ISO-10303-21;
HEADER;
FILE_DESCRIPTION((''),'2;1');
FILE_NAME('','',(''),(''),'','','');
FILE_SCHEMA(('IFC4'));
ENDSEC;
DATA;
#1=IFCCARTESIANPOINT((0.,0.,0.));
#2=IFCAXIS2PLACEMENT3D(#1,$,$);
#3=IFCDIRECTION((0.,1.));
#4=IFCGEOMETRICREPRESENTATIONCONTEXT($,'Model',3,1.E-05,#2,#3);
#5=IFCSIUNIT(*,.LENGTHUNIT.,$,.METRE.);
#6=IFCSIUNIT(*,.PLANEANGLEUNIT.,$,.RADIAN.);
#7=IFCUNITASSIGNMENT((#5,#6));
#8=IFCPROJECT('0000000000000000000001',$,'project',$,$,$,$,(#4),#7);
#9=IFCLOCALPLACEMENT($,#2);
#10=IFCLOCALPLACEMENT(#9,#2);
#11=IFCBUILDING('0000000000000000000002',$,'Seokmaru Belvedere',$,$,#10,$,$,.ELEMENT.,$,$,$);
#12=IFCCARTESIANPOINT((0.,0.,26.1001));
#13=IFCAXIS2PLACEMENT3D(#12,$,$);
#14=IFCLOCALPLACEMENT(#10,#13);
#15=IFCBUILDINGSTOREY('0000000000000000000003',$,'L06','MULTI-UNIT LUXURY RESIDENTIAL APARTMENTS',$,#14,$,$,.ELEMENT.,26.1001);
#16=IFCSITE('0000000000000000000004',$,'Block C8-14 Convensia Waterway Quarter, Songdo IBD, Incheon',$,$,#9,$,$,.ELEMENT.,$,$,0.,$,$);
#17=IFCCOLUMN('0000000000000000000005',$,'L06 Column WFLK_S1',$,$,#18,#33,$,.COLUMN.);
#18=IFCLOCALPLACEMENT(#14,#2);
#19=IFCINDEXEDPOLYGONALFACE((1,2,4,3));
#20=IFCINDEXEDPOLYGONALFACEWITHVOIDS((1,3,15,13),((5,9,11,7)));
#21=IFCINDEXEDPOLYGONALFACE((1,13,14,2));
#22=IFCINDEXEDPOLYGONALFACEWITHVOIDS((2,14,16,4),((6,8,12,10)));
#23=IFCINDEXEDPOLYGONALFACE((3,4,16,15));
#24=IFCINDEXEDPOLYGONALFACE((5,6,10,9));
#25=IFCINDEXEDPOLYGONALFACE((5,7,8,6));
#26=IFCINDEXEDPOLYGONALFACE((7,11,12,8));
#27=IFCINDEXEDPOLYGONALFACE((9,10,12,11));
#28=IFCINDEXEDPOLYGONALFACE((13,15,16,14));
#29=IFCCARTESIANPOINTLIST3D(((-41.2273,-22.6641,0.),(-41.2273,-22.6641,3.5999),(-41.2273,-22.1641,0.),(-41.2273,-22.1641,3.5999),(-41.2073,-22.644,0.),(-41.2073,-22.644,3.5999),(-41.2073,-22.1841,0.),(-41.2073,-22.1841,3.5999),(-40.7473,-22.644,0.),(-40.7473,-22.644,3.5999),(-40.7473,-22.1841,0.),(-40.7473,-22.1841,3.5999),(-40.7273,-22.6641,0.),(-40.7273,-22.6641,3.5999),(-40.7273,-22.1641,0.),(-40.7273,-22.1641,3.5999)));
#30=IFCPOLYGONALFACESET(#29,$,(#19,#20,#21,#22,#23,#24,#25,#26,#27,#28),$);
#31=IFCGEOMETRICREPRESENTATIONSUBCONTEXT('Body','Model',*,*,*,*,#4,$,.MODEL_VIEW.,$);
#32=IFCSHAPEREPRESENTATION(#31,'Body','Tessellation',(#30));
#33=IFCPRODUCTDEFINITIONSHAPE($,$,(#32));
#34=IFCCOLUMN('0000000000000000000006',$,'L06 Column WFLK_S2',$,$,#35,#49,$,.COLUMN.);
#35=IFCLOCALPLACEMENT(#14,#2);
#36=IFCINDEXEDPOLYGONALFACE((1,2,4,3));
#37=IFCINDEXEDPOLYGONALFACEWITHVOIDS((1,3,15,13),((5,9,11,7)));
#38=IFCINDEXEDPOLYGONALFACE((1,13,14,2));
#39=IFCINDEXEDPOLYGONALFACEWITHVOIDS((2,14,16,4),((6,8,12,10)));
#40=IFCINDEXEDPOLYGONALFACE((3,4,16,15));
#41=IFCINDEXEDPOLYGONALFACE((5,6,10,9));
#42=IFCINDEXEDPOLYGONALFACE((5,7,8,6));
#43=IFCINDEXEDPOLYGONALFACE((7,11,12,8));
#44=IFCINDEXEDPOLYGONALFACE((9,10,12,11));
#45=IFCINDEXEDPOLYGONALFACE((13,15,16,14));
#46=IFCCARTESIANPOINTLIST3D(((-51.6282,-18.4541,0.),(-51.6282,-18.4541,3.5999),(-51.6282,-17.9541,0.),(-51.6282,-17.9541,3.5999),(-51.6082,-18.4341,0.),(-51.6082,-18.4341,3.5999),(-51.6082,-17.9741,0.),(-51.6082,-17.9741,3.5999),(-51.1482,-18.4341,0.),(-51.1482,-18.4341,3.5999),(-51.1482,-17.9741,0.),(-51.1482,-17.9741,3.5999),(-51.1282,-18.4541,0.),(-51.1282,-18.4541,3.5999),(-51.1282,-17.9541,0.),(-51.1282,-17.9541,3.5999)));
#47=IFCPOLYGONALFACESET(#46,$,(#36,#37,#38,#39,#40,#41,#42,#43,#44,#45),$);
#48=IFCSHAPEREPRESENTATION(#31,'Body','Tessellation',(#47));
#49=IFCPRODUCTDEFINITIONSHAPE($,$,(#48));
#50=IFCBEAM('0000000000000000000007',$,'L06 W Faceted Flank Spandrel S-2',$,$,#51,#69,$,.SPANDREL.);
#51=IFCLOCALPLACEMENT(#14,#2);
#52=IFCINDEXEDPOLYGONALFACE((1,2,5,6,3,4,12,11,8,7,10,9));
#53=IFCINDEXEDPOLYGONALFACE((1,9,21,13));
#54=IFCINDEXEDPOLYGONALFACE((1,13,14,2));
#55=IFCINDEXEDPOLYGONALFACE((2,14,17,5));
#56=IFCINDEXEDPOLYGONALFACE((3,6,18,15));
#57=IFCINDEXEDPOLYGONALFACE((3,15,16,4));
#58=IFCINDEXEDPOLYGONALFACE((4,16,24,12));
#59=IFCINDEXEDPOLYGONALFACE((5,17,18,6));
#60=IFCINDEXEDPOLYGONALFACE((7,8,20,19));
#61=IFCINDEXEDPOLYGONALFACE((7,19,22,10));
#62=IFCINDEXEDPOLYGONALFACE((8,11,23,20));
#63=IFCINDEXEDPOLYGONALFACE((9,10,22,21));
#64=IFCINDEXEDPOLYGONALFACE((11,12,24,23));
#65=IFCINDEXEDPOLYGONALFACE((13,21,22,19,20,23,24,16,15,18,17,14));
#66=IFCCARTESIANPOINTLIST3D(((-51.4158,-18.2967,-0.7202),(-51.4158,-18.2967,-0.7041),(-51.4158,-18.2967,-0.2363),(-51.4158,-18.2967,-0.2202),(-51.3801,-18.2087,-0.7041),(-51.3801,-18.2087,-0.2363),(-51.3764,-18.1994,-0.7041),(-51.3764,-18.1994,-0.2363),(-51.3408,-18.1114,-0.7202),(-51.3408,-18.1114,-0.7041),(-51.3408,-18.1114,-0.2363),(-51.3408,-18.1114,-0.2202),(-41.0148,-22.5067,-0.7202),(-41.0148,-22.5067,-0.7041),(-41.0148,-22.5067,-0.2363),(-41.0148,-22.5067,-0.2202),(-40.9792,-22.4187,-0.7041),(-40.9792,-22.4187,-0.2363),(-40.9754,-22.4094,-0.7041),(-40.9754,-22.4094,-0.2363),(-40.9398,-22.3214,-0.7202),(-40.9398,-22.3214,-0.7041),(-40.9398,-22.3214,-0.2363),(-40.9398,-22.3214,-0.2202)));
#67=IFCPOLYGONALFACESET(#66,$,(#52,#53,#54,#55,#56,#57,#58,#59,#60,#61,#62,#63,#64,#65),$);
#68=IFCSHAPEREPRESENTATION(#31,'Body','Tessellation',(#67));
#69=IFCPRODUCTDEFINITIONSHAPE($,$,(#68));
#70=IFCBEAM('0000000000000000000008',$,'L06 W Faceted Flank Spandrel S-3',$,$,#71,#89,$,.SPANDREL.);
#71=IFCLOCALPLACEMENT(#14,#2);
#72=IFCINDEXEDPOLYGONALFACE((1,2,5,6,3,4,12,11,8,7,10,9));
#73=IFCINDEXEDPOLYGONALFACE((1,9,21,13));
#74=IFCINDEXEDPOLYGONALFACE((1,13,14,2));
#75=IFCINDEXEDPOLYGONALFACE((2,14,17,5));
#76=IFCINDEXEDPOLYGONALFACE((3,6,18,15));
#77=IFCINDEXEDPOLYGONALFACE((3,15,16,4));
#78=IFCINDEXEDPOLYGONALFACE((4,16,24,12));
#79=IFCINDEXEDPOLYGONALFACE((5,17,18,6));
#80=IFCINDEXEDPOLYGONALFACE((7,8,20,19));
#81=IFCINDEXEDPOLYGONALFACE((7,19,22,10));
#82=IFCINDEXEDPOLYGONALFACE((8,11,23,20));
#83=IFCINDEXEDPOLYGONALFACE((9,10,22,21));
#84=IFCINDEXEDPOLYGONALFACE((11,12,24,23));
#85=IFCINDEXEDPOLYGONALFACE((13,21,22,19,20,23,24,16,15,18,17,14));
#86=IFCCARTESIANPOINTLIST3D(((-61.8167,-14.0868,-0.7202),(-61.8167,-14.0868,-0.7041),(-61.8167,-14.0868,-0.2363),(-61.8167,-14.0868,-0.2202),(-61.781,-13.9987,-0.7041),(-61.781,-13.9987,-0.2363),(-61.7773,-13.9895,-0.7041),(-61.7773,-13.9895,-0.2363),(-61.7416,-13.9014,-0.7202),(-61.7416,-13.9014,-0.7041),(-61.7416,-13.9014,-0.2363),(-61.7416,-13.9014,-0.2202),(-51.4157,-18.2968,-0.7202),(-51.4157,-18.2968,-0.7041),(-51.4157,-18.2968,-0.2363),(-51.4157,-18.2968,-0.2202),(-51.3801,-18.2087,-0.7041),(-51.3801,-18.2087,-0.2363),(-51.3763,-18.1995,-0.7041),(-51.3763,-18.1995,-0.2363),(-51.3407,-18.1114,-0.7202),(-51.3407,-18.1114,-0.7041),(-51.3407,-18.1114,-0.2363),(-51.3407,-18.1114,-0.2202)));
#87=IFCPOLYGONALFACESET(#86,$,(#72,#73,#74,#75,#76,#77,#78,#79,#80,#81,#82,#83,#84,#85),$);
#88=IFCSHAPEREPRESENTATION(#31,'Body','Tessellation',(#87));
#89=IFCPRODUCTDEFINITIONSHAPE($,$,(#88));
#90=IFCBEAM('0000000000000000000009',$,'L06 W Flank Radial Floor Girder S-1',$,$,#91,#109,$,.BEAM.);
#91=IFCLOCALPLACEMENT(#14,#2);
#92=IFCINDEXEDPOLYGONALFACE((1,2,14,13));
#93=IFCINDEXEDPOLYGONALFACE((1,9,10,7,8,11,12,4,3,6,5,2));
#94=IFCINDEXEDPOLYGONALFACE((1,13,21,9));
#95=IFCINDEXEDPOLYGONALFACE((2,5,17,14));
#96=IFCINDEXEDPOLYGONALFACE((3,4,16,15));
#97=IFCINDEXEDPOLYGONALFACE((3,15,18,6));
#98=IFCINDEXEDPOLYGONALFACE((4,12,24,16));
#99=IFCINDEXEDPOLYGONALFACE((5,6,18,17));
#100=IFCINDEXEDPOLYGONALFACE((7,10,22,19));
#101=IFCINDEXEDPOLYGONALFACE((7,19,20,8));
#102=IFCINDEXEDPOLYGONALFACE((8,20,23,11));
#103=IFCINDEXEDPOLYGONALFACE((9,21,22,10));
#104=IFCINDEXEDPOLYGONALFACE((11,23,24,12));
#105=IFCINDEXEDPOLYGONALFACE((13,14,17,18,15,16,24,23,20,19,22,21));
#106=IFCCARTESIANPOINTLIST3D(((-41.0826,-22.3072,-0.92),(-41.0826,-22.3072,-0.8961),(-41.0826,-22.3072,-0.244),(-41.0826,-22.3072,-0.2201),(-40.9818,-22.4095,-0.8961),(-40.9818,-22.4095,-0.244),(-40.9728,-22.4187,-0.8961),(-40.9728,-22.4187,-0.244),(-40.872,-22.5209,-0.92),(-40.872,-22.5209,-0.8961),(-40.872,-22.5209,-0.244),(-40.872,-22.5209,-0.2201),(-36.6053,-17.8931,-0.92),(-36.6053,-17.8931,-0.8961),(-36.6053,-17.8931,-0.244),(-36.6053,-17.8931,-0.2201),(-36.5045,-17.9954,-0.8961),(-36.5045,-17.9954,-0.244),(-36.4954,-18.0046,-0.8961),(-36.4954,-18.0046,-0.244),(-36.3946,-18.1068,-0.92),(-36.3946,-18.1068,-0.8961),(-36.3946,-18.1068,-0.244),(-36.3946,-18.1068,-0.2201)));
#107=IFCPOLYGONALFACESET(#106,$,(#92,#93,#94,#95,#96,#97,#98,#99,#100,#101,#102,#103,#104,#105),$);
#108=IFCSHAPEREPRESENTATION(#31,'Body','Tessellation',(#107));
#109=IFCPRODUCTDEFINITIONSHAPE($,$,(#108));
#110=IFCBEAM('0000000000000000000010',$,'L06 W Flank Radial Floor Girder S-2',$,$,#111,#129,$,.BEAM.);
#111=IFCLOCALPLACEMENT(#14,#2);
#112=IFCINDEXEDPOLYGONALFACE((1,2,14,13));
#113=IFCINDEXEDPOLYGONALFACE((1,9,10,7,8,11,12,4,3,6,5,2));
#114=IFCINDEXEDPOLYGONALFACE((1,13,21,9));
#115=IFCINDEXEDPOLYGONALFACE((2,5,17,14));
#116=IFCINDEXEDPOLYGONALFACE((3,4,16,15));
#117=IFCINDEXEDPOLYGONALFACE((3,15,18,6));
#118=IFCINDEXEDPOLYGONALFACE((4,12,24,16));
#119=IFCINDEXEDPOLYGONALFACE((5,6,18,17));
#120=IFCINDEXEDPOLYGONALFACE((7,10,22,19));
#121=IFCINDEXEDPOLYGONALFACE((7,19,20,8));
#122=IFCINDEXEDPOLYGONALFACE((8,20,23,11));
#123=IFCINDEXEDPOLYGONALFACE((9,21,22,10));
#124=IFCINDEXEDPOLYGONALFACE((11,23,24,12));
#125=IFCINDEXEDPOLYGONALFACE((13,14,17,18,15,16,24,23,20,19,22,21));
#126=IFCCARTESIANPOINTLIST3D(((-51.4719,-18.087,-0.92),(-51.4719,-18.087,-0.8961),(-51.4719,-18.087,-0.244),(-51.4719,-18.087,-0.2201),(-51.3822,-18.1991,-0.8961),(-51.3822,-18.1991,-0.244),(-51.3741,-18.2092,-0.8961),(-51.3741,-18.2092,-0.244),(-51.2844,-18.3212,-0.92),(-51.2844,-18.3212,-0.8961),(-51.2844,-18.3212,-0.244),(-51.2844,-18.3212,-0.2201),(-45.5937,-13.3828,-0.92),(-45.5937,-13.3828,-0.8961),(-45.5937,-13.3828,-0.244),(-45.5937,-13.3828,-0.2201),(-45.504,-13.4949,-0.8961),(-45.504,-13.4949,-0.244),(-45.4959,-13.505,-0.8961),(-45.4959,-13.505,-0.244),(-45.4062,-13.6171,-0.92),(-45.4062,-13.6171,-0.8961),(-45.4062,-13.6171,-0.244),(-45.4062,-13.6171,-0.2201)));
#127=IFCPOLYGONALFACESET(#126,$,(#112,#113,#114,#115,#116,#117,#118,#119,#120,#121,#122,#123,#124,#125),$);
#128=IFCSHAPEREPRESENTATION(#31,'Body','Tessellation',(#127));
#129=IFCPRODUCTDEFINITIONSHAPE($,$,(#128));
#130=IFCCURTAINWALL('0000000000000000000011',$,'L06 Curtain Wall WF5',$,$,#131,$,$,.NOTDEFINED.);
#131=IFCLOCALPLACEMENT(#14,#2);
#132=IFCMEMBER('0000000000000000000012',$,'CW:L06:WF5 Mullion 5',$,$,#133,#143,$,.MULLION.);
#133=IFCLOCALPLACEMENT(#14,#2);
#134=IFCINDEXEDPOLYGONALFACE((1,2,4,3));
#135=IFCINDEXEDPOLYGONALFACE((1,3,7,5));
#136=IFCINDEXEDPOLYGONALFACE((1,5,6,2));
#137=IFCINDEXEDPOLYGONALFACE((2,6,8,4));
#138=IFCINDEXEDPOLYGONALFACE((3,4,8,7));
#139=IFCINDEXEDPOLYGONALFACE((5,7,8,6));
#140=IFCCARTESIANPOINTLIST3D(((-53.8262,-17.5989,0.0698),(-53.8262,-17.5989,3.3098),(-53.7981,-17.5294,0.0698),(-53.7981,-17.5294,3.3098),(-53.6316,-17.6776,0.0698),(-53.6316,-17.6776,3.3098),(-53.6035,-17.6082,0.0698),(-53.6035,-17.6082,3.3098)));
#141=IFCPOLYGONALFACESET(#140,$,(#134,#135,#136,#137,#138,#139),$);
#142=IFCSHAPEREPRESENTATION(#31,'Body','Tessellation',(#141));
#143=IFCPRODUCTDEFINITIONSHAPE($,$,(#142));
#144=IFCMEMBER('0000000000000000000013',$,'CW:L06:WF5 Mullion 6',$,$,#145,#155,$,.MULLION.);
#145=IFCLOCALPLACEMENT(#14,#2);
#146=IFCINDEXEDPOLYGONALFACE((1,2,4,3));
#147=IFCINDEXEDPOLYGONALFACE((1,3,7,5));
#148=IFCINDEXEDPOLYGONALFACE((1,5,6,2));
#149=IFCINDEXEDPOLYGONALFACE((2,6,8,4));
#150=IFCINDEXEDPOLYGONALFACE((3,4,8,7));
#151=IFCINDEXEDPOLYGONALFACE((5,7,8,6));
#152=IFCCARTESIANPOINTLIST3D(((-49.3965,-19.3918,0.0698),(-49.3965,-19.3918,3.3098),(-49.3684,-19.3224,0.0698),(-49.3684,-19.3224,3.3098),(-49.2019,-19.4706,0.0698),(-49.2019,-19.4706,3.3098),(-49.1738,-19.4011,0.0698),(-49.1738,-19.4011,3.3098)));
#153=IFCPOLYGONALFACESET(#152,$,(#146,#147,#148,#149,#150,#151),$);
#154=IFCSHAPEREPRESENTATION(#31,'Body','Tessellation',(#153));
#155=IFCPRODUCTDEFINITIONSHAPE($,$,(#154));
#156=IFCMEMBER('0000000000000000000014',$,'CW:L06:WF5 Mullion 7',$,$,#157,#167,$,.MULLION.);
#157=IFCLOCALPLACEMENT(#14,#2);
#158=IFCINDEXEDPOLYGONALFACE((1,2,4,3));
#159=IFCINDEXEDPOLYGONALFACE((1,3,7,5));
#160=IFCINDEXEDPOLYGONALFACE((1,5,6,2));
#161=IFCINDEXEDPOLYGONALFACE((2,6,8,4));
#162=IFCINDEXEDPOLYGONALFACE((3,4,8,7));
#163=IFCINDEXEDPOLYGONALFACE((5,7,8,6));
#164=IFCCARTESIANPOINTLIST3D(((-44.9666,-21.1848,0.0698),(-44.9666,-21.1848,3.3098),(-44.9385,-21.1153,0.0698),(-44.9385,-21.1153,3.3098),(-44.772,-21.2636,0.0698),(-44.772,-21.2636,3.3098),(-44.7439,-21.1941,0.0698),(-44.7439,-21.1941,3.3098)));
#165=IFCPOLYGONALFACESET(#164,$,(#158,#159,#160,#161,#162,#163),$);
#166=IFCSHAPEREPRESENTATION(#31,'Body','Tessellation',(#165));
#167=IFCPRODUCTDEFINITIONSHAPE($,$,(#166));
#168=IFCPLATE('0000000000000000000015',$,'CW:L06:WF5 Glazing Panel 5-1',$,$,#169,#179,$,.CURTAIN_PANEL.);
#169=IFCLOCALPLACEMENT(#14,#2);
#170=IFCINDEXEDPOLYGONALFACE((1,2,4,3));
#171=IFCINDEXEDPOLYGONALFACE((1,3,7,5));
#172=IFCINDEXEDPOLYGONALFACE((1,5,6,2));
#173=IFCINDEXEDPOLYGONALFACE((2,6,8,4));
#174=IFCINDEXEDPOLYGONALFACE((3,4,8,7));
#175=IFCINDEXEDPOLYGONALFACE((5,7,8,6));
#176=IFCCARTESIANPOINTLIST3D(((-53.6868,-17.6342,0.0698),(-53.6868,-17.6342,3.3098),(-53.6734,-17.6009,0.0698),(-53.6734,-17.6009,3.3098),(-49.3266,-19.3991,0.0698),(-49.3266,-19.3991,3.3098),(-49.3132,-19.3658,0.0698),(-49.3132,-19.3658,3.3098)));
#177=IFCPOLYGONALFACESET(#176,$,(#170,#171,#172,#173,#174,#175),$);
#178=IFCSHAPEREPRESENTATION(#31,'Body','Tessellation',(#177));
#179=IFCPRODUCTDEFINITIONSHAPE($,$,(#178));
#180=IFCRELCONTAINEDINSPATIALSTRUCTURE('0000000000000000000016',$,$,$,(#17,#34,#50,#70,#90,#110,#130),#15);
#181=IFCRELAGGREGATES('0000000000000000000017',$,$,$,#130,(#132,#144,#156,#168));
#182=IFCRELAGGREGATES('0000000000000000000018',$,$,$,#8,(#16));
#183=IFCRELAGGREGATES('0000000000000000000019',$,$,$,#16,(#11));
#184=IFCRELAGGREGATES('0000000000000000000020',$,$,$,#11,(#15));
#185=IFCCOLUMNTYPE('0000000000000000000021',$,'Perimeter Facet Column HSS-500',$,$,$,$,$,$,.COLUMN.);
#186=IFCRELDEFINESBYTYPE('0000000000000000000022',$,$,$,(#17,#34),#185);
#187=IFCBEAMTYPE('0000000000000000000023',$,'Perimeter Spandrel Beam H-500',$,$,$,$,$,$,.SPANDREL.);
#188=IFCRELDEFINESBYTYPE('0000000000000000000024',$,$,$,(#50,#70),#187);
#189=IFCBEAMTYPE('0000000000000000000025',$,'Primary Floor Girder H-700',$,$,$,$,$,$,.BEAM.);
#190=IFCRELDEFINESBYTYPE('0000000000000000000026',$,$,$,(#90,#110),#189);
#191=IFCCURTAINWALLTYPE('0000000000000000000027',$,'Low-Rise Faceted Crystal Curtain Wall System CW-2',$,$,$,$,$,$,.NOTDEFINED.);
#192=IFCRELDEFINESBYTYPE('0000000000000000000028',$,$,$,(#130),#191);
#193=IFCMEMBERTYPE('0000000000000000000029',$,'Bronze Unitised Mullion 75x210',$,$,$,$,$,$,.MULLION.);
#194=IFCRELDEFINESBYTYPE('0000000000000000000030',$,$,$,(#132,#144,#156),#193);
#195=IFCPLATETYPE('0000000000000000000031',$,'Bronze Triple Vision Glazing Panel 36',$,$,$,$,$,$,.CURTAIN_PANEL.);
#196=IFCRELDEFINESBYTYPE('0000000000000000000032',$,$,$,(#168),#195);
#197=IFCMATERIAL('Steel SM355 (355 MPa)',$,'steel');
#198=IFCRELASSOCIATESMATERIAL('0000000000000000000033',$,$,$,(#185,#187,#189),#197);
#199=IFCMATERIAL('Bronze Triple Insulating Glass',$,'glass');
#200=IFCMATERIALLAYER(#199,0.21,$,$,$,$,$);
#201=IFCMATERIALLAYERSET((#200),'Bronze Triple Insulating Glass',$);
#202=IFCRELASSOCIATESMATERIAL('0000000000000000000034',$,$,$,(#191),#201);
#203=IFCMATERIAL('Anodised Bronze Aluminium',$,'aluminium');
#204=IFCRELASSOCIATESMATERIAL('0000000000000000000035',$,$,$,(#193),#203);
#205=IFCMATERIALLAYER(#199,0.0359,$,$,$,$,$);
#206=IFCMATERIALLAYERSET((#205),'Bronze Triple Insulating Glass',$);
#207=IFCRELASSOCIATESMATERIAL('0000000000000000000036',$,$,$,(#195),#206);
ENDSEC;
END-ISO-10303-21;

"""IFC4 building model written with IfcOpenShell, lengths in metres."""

from ifc_helpers import new_model, si_unit, direction, frame, origin, origin_2d, place, context, subcontext, project, spatial, rectangle, hollow_rectangle, i_section, extrude, source, transform, mapped, material, layer, layer_set, material_profile, profile_set, type_object, type_shapes, element, aggregate, save


model = new_model("IFC4")

# Units and contexts
model_context = context("Model", 3, precision=1e-05, world=origin(), true_north=direction((0.0, 1.0)))
body_context = subcontext(model_context, "Body", "Model", "MODEL_VIEW")
ifc_project = project(units=[si_unit("LENGTHUNIT", "METRE"), si_unit("PLANEANGLEUNIT", "RADIAN")], contexts=[model_context])

# Site, building, storey
site_placement = place(None, origin())
site = spatial("IfcSite", under=ifc_project, at=site_placement, Name="Block C8-14 Convensia Waterway Quarter, Songdo IBD, Incheon", CompositionType="ELEMENT", RefElevation=0.0)
building_placement = place(site_placement, origin())
building = spatial("IfcBuilding", under=site, at=building_placement, Name="Seokmaru Belvedere", CompositionType="ELEMENT")
storey_placement = place(building_placement, frame((0.0, 0.0, 26.1001)))
storey = spatial("IfcBuildingStorey", under=building, at=storey_placement, Name="L06", Description="MULTI-UNIT LUXURY RESIDENTIAL APARTMENTS", CompositionType="ELEMENT", Elevation=26.1001)

# Columns
ifc_material_1 = material(Name="Steel SM355 (355 MPa)", Category="steel")
ifc_material_profile_1 = material_profile(ifc_material_1, hollow_rectangle(XDim=0.5, YDim=0.5, WallThickness=0.02, at=origin_2d()), Name="HSS-500x500x20")
ifc_profile_set_1 = profile_set([ifc_material_profile_1], Name="Steel SM355 (355 MPa)")
column_type = type_object("IfcColumnType", Name="Perimeter Facet Column HSS-500", PredefinedType="COLUMN", material=ifc_profile_set_1)
shared_shape_1 = source(origin(), body_context, "Body", "SweptSolid", [
    extrude(hollow_rectangle(XDim=0.5, YDim=0.5, WallThickness=0.02, at=origin_2d()), origin(), (0.0, 0.0, 1.0), 3.5999),
])
type_shapes(column_type, [shared_shape_1])
for number, where, z_axis, x_axis, name in (
    (1, (-40.9773, -22.4141, 0.0), (0.0, 0.0, 1.0), (1.0, 0.0, 0.0), "L06 Column WFLK_S1"),
    (2, (-51.3782, -18.2041, 0.0), (0.0, 0.0, 1.0), (1.0, 0.0, 0.0), "L06 Column WFLK_S2"),
):
    element("IfcColumn", number, at=place(storey_placement, frame(where, z_axis=z_axis, x_axis=x_axis)), inside=storey, type_object=column_type, Name=name, PredefinedType="COLUMN", context=body_context, shape_type="MappedRepresentation", body=[
        mapped(shared_shape_1, transform((0.0, 0.0, 0.0), scale=1.0)),
    ])

# Beams
ifc_material_profile_2 = material_profile(ifc_material_1, i_section(OverallWidth=0.2, OverallDepth=0.5, WebThickness=0.01, FlangeThickness=0.0161, at=origin_2d()), Name="H-500x200x10x16")
ifc_profile_set_2 = profile_set([ifc_material_profile_2], Name="Steel SM355 (355 MPa)")
beam_type_1 = type_object("IfcBeamType", Name="Perimeter Spandrel Beam H-500", PredefinedType="SPANDREL", material=ifc_profile_set_2)
shared_shape_2 = source(origin(), body_context, "Body", "SweptSolid", [
    extrude(i_section(OverallWidth=0.2, OverallDepth=0.5, WebThickness=0.01, FlangeThickness=0.0161, at=origin_2d()), origin(), (0.0, 0.0, 1.0), 11.2207),
])
type_shapes(beam_type_1, [shared_shape_2])
for number, where, z_axis, x_axis, name in (
    (3, (-40.9773, -22.4141, -0.4702), (-0.926944, 0.375199, 0.0), (-0.375199, -0.926944, 0.0), "L06 W Faceted Flank Spandrel S-2"),
    (4, (-51.3782, -18.2041, -0.4702), (-0.926944, 0.375199, 0.0), (-0.375199, -0.926944, 0.0), "L06 W Faceted Flank Spandrel S-3"),
):
    element("IfcBeam", number, at=place(storey_placement, frame(where, z_axis=z_axis, x_axis=x_axis)), inside=storey, type_object=beam_type_1, Name=name, PredefinedType="SPANDREL", context=body_context, shape_type="MappedRepresentation", body=[
        mapped(shared_shape_2, transform((0.0, 0.0, 0.0), scale=1.0)),
    ])
ifc_material_profile_3 = material_profile(ifc_material_1, i_section(OverallWidth=0.3, OverallDepth=0.7, WebThickness=0.0129, FlangeThickness=0.0239, at=origin_2d()), Name="H-700x300x13x24")
ifc_profile_set_3 = profile_set([ifc_material_profile_3], Name="Steel SM355 (355 MPa)")
beam_type_2 = type_object("IfcBeamType", Name="Primary Floor Girder H-700", PredefinedType="BEAM", material=ifc_profile_set_3)
shared_shape_3 = source(origin(), body_context, "Body", "SweptSolid", [
    extrude(i_section(OverallWidth=0.3, OverallDepth=0.7, WebThickness=0.0129, FlangeThickness=0.0239, at=origin_2d()), origin(), (0.0, 0.0, 1.0), 6.2874),
])
beam_1_placement = place(storey_placement, frame((-40.9773, -22.4141, -0.5701), z_axis=(0.712117, 0.70206, 0.0), x_axis=(-0.70206, 0.712117, 0.0)))
element("IfcBeam", 5, at=beam_1_placement, inside=storey, type_object=beam_type_2, Name="L06 W Flank Radial Floor Girder S-1", PredefinedType="BEAM", context=body_context, shape_type="MappedRepresentation", body=[
    mapped(shared_shape_3, transform((0.0, 0.0, 0.0), scale=1.0)),
])
shared_shape_4 = source(origin(), body_context, "Body", "SweptSolid", [
    extrude(i_section(OverallWidth=0.3, OverallDepth=0.7, WebThickness=0.0129, FlangeThickness=0.0239, at=origin_2d()), origin(), (0.0, 0.0, 1.0), 7.5288),
])
type_shapes(beam_type_2, [shared_shape_3, shared_shape_4])
beam_2_placement = place(storey_placement, frame((-51.3782, -18.2041, -0.5701), z_axis=(0.780768, 0.624822, 0.0), x_axis=(-0.624822, 0.780768, 0.0)))
element("IfcBeam", 6, at=beam_2_placement, inside=storey, type_object=beam_type_2, Name="L06 W Flank Radial Floor Girder S-2", PredefinedType="BEAM", context=body_context, shape_type="MappedRepresentation", body=[
    mapped(shared_shape_4, transform((0.0, 0.0, 0.0), scale=1.0)),
])

# Curtain wall, members, plate
ifc_material_2 = material(Name="Bronze Triple Insulating Glass", Category="glass")
ifc_layer_1 = layer(ifc_material_2, 0.21)
ifc_layer_set_1 = layer_set([ifc_layer_1], Name="Bronze Triple Insulating Glass")
curtain_wall_type = type_object("IfcCurtainWallType", Name="Low-Rise Faceted Crystal Curtain Wall System CW-2", PredefinedType="NOTDEFINED", material=ifc_layer_set_1)
curtain_wall_placement = place(storey_placement, origin())
curtain_wall = element("IfcCurtainWall", 7, at=curtain_wall_placement, inside=storey, type_object=curtain_wall_type, Name="L06 Curtain Wall WF5", PredefinedType="NOTDEFINED")
ifc_material_3 = material(Name="Anodised Bronze Aluminium", Category="aluminium")
ifc_material_profile_4 = material_profile(ifc_material_3, rectangle(XDim=0.075, YDim=0.21, at=origin_2d()), Name="CW-M-75x210")
ifc_profile_set_4 = profile_set([ifc_material_profile_4], Name="Anodised Bronze Aluminium")
member_type = type_object("IfcMemberType", Name="Bronze Unitised Mullion 75x210", PredefinedType="MULLION", material=ifc_profile_set_4)
shared_shape_5 = source(origin(), body_context, "Body", "SweptSolid", [
    extrude(rectangle(XDim=0.075, YDim=0.21, at=origin_2d()), origin(), (0.0, 0.0, 1.0), 3.24),
])
type_shapes(member_type, [shared_shape_5])
member_1_placement = place(storey_placement, frame((-53.7148, -17.6035, 0.0698), z_axis=(0.0, 0.0, 1.0), x_axis=(0.375192, 0.926947, 0.0)))
member_1 = element("IfcMember", 8, at=member_1_placement, type_object=member_type, Name="CW:L06:WF5 Mullion 5", PredefinedType="MULLION", context=body_context, shape_type="MappedRepresentation", body=[
    mapped(shared_shape_5, transform((0.0, 0.0, 0.0), scale=1.0)),
])
member_2_placement = place(storey_placement, frame((-49.2852, -19.3965, 0.0698), z_axis=(0.0, 0.0, 1.0), x_axis=(0.375192, 0.926947, 0.0)))
member_2 = element("IfcMember", 9, at=member_2_placement, type_object=member_type, Name="CW:L06:WF5 Mullion 6", PredefinedType="MULLION", context=body_context, shape_type="MappedRepresentation", body=[
    mapped(shared_shape_5, transform((0.0, 0.0, 0.0), scale=1.0)),
])
member_3_placement = place(storey_placement, frame((-44.8552, -21.1895, 0.0698), z_axis=(0.0, 0.0, 1.0), x_axis=(0.375192, 0.926947, 0.0)))
member_3 = element("IfcMember", 10, at=member_3_placement, type_object=member_type, Name="CW:L06:WF5 Mullion 7", PredefinedType="MULLION", context=body_context, shape_type="MappedRepresentation", body=[
    mapped(shared_shape_5, transform((0.0, 0.0, 0.0), scale=1.0)),
])
ifc_layer_2 = layer(ifc_material_2, 0.0359)
ifc_layer_set_2 = layer_set([ifc_layer_2], Name="Bronze Triple Insulating Glass")
plate_type = type_object("IfcPlateType", Name="Bronze Triple Vision Glazing Panel 36", PredefinedType="CURTAIN_PANEL", material=ifc_layer_set_2)
shared_shape_6 = source(origin(), body_context, "Body", "SweptSolid", [
    extrude(rectangle(XDim=4.7039, YDim=0.0359, at=origin_2d()), origin(), (0.0, 0.0, 1.0), 3.24),
])
type_shapes(plate_type, [shared_shape_6])
plate_1_placement = place(storey_placement, frame((-51.5, -18.5, 0.0698), z_axis=(0.0, 0.0, 1.0), x_axis=(0.926947, -0.375192, 0.0)))
plate_1 = element("IfcPlate", 11, at=plate_1_placement, type_object=plate_type, Name="CW:L06:WF5 Glazing Panel 5-1", PredefinedType="CURTAIN_PANEL", context=body_context, shape_type="MappedRepresentation", body=[
    mapped(shared_shape_6, transform((0.0, 0.0, 0.0), scale=1.0)),
])
aggregate(curtain_wall, [member_1, member_2, member_3, plate_1])

save(model, "model.ifc")
